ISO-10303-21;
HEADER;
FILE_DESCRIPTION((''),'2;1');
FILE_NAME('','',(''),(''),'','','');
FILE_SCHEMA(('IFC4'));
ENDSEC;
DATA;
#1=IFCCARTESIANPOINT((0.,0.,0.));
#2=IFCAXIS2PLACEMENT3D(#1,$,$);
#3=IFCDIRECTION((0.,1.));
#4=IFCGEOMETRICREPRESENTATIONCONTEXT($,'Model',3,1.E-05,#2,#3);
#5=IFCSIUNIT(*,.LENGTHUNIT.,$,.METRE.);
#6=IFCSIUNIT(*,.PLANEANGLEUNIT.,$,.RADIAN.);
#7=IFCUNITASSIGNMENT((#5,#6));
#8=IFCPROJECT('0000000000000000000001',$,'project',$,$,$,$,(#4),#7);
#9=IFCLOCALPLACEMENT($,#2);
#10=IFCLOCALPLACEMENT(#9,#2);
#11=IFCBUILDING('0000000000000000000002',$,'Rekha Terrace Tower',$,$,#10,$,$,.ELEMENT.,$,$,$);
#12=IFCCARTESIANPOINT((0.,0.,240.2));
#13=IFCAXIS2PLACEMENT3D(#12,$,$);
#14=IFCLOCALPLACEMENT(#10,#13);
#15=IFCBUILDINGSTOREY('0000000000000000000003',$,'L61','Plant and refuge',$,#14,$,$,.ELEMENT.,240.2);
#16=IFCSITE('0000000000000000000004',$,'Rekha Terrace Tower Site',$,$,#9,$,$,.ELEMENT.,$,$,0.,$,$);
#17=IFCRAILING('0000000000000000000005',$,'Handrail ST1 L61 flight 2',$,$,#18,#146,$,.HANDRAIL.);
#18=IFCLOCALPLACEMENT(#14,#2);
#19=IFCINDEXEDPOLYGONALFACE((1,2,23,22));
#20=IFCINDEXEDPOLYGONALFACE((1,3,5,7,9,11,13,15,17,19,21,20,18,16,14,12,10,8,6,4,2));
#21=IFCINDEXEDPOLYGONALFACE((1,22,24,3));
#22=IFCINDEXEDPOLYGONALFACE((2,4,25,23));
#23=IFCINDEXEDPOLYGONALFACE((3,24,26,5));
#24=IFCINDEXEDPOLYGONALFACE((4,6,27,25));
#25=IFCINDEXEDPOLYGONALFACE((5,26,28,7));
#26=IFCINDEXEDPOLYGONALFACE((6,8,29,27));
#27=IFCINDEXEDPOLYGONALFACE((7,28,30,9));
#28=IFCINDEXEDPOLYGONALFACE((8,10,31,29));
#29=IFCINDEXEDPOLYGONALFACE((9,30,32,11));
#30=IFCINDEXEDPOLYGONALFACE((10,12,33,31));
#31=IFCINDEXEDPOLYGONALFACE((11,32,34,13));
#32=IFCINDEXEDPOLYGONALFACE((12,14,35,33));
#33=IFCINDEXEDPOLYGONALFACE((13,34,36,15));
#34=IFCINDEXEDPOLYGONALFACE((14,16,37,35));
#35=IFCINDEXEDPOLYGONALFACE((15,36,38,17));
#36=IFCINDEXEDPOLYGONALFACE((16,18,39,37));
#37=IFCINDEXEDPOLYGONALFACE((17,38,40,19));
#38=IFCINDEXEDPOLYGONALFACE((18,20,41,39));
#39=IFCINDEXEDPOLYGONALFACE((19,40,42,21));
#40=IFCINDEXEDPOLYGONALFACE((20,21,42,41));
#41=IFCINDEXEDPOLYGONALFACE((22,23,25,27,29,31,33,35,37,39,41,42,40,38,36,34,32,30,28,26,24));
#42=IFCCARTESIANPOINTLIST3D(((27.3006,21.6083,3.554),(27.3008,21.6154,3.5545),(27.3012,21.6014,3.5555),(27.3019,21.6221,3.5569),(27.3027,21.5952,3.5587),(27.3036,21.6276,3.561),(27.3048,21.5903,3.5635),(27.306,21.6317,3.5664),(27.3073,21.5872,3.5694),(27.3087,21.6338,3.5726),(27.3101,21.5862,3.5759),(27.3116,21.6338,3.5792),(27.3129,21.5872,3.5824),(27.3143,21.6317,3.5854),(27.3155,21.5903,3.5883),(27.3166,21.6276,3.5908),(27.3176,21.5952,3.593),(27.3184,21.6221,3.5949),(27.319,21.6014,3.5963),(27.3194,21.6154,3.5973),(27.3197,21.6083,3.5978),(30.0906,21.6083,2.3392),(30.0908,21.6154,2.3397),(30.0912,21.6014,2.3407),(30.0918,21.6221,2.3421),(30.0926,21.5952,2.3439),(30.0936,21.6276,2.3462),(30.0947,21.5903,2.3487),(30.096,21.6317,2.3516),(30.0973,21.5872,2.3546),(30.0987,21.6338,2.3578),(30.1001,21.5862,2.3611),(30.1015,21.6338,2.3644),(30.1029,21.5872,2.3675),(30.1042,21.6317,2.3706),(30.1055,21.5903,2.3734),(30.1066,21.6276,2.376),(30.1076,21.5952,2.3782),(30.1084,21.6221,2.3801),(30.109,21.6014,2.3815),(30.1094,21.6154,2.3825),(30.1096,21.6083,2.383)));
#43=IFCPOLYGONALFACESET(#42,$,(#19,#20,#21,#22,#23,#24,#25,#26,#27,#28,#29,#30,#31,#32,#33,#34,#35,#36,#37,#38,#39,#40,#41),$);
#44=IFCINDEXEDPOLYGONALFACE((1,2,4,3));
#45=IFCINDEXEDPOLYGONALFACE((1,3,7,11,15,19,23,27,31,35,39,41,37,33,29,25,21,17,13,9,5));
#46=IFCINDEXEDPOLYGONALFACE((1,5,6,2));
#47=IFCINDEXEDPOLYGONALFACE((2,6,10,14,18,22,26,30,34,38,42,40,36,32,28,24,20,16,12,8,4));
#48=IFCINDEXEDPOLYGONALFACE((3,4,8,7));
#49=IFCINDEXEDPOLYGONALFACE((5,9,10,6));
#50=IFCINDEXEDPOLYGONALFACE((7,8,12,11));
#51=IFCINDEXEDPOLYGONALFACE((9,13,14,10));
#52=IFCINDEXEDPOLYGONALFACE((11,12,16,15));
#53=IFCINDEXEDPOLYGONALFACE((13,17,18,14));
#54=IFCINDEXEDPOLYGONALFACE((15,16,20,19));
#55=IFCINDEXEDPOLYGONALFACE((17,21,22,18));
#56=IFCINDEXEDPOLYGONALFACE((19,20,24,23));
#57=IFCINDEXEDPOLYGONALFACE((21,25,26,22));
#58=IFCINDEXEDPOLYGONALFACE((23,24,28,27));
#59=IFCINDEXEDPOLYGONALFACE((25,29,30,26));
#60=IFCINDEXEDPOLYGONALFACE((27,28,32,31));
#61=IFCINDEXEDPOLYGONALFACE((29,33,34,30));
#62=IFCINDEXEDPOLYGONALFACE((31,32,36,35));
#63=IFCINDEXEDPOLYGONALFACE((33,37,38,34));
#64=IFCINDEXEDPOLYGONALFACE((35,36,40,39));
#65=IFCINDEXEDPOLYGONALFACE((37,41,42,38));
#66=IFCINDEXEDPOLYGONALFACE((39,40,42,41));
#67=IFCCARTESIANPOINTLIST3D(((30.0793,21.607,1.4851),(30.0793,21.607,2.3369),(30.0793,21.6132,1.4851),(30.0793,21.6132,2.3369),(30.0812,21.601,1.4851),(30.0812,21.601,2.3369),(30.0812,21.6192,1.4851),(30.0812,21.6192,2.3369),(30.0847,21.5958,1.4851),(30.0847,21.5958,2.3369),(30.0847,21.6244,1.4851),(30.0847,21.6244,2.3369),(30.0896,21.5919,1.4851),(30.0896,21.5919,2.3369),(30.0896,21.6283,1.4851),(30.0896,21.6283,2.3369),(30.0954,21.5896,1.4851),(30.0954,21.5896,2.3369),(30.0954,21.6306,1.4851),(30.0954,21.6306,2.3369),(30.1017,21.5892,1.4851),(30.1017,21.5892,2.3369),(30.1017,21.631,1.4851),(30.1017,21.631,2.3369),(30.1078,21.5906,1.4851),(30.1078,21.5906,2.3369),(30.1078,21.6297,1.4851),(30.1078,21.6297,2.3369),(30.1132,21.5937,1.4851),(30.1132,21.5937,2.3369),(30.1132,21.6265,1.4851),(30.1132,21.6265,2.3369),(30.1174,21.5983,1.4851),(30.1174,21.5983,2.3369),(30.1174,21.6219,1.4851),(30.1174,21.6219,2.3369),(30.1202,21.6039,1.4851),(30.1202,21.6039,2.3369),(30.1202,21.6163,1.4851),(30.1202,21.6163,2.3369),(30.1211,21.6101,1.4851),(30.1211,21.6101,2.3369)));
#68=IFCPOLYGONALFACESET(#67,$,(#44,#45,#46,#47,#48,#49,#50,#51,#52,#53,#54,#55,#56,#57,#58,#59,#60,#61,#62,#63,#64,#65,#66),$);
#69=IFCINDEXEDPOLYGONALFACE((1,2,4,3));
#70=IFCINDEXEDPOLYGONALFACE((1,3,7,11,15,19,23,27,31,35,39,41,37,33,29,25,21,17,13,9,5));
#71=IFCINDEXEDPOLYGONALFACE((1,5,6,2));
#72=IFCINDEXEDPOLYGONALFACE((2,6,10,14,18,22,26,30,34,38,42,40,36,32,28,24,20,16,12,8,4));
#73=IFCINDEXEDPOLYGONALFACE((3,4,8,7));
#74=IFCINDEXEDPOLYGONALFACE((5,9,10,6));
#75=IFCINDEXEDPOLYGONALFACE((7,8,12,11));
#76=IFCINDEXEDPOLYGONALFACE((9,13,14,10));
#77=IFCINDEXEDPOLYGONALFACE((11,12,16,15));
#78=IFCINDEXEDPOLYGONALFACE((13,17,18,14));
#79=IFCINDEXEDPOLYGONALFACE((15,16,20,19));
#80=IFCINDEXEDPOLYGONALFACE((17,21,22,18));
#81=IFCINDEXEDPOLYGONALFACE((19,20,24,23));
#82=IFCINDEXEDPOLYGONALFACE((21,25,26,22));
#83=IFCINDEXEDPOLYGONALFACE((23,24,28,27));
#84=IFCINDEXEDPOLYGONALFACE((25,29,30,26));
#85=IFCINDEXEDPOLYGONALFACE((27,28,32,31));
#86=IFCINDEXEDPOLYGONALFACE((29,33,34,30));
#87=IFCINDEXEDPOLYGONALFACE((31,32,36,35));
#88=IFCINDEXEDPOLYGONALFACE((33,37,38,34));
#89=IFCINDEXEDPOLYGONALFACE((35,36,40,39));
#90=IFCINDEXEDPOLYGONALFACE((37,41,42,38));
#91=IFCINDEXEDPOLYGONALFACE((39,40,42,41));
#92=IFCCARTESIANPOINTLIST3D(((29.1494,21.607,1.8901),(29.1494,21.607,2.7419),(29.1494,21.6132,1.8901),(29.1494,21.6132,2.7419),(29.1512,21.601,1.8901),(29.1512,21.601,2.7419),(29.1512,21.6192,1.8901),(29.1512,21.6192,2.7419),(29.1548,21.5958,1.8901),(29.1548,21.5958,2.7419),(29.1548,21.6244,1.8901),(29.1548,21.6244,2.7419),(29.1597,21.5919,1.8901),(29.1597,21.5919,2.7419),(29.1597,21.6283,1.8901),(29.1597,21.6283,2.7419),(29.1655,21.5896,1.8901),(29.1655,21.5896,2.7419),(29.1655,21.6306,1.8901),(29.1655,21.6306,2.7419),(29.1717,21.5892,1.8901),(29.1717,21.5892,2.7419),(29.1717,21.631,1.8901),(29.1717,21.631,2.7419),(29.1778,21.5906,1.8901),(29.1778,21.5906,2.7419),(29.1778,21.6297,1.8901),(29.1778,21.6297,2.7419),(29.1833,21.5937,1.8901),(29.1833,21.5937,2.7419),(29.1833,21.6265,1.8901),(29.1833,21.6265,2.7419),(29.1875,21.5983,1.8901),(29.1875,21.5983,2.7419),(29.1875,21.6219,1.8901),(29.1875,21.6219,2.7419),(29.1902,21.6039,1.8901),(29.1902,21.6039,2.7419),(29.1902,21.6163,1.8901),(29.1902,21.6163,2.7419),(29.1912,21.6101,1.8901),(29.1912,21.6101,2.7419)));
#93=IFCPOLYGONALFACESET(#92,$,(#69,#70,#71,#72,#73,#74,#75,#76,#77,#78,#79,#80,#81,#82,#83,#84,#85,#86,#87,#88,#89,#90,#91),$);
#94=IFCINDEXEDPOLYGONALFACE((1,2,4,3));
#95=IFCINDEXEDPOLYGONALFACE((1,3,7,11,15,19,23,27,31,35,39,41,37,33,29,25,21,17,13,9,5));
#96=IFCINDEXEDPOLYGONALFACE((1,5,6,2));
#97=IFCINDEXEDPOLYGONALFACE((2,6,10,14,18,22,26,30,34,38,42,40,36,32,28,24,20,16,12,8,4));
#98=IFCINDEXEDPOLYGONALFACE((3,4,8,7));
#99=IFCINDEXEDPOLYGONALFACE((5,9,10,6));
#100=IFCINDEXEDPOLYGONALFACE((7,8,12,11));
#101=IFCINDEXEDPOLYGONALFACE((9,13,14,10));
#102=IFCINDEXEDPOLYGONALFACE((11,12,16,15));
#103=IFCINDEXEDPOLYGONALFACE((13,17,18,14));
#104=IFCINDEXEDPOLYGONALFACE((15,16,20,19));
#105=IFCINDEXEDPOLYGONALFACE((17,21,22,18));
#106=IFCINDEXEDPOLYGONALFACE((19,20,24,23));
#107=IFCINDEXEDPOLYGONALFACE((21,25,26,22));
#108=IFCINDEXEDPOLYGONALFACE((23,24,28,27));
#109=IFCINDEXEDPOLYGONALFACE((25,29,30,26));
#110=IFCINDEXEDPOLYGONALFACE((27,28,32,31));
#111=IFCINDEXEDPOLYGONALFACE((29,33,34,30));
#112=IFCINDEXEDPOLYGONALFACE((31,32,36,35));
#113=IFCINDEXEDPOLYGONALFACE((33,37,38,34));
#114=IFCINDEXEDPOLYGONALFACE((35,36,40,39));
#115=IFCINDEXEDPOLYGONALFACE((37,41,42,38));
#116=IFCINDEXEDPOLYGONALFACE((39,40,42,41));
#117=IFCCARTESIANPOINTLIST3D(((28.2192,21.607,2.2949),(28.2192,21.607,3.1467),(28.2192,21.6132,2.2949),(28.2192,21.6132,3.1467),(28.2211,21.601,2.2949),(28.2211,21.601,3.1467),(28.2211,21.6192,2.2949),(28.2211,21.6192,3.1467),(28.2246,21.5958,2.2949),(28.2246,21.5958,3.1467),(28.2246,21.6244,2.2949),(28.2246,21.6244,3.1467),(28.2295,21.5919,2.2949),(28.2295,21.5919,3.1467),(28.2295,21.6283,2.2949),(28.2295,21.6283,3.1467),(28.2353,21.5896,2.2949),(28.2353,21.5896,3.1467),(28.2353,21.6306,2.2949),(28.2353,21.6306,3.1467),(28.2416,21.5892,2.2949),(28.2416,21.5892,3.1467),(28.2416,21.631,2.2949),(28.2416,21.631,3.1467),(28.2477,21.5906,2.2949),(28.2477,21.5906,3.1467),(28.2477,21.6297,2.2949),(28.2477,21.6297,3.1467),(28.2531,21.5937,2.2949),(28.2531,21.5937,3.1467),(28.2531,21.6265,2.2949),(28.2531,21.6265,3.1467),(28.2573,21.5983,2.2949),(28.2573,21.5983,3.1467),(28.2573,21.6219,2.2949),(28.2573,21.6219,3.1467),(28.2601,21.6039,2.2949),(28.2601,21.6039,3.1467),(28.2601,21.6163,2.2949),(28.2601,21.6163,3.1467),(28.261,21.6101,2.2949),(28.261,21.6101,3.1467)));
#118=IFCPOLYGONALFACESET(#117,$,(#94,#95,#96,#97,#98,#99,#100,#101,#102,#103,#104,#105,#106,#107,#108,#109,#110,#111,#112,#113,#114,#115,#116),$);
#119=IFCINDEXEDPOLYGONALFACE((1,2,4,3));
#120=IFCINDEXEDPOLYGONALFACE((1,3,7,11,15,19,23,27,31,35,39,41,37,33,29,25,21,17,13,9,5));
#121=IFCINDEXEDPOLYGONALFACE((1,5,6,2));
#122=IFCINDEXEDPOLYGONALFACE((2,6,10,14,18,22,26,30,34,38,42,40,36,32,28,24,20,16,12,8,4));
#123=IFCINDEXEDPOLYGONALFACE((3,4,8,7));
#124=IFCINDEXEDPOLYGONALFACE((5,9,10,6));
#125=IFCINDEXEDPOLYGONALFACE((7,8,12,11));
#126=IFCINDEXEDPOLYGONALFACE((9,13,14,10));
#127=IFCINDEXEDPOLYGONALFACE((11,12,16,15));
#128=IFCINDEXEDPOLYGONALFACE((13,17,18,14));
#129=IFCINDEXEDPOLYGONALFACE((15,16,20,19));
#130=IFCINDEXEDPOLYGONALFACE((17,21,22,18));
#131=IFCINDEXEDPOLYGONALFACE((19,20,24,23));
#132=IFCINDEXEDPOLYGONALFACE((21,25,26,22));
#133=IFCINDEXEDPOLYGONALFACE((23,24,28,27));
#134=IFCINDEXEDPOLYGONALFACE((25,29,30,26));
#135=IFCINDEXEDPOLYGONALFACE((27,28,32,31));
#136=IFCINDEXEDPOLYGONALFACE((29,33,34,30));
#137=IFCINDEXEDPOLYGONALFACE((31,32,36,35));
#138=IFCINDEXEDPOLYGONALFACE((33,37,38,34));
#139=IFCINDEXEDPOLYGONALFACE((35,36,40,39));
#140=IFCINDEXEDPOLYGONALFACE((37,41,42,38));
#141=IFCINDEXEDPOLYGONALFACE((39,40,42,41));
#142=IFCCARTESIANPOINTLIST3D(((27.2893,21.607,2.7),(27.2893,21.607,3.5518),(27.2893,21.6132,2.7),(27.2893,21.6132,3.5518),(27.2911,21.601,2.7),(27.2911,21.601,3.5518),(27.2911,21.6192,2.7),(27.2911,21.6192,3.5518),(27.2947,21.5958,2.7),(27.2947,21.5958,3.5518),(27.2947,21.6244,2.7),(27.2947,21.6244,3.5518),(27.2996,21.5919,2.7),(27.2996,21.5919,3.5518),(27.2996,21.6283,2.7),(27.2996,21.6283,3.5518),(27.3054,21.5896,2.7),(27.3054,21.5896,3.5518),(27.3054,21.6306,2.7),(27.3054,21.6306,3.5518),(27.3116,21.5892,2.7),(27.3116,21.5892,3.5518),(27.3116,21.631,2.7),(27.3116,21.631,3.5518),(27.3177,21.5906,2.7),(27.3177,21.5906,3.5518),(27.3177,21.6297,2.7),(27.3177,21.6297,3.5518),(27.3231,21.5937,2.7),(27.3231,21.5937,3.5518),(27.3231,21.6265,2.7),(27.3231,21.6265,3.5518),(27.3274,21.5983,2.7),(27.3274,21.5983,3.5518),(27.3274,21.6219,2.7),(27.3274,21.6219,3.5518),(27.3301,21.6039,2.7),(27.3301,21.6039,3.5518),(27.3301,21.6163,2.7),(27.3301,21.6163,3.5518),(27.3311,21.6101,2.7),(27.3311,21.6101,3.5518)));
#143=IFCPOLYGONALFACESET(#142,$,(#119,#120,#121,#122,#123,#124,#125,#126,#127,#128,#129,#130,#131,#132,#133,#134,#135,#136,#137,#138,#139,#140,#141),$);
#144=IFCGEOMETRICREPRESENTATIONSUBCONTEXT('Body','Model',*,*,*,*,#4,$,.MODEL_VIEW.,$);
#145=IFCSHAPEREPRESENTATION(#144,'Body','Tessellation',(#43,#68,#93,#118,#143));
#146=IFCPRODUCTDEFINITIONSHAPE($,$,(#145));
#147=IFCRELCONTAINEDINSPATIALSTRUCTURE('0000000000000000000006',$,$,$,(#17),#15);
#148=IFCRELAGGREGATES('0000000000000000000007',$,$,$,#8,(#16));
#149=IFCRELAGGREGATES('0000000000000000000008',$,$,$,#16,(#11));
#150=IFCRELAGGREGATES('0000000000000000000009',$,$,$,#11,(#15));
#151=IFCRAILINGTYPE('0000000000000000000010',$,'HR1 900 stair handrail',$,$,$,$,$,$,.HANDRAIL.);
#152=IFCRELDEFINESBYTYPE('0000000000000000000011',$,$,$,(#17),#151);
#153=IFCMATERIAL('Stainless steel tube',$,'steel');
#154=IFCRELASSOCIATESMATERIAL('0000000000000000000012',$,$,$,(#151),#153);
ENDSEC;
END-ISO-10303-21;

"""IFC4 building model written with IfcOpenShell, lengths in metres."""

from ifc_helpers import new_model, si_unit, direction, frame, origin, origin_2d, place, context, subcontext, project, spatial, circle, extrude, material, type_object, element, save


model = new_model("IFC4")

# Units and contexts
model_context = context("Model", 3, precision=1e-05, world=origin(), true_north=direction((0.0, 1.0)))
body_context = subcontext(model_context, "Body", "Model", "MODEL_VIEW")
ifc_project = project(units=[si_unit("LENGTHUNIT", "METRE"), si_unit("PLANEANGLEUNIT", "RADIAN")], contexts=[model_context])

# Site, building, storey
site_placement = place(None, origin())
site = spatial("IfcSite", under=ifc_project, at=site_placement, Name="Rekha Terrace Tower Site", CompositionType="ELEMENT", RefElevation=0.0)
building_placement = place(site_placement, origin())
building = spatial("IfcBuilding", under=site, at=building_placement, Name="Rekha Terrace Tower", CompositionType="ELEMENT")
storey_placement = place(building_placement, frame((0.0, 0.0, 240.2)))
storey = spatial("IfcBuildingStorey", under=building, at=storey_placement, Name="L61", Description="Plant and refuge", CompositionType="ELEMENT", Elevation=240.2)

# Railing
ifc_material_1 = material(Name="Stainless steel tube", Category="steel")
railing_type_1 = type_object("IfcRailingType", Name="HR1 900 stair handrail", PredefinedType="HANDRAIL", material=ifc_material_1)
railing_1_placement = place(storey_placement, frame((30.1001, 21.6101, 1.4851)))
element("IfcRailing", 1, at=railing_1_placement, inside=storey, type_object=railing_type_1, Name="Handrail ST1 L61 flight 2", PredefinedType="HANDRAIL", context=body_context, shape_type="SweptSolid", body=[
    extrude(circle(Radius=0.0239, at=origin_2d()), frame((0.0, 0.0, 0.876), z_axis=(-0.916856, 0.0, 0.399219), x_axis=(0.0, -1.0, 0.0)), (0.0, 0.0, 1.0), 3.043),
    extrude(circle(Radius=0.021, at=origin_2d()), origin(), (0.0, 0.0, 1.0), 0.8518),
    extrude(circle(Radius=0.021, at=origin_2d()), frame((-0.9299, 0.0, 0.405)), (0.0, 0.0, 1.0), 0.8518),
    extrude(circle(Radius=0.021, at=origin_2d()), frame((-1.8601, 0.0, 0.8098)), (0.0, 0.0, 1.0), 0.8518),
    extrude(circle(Radius=0.021, at=origin_2d()), frame((-2.79, 0.0, 1.2148)), (0.0, 0.0, 1.0), 0.8518),
])

save(model, "model.ifc")
